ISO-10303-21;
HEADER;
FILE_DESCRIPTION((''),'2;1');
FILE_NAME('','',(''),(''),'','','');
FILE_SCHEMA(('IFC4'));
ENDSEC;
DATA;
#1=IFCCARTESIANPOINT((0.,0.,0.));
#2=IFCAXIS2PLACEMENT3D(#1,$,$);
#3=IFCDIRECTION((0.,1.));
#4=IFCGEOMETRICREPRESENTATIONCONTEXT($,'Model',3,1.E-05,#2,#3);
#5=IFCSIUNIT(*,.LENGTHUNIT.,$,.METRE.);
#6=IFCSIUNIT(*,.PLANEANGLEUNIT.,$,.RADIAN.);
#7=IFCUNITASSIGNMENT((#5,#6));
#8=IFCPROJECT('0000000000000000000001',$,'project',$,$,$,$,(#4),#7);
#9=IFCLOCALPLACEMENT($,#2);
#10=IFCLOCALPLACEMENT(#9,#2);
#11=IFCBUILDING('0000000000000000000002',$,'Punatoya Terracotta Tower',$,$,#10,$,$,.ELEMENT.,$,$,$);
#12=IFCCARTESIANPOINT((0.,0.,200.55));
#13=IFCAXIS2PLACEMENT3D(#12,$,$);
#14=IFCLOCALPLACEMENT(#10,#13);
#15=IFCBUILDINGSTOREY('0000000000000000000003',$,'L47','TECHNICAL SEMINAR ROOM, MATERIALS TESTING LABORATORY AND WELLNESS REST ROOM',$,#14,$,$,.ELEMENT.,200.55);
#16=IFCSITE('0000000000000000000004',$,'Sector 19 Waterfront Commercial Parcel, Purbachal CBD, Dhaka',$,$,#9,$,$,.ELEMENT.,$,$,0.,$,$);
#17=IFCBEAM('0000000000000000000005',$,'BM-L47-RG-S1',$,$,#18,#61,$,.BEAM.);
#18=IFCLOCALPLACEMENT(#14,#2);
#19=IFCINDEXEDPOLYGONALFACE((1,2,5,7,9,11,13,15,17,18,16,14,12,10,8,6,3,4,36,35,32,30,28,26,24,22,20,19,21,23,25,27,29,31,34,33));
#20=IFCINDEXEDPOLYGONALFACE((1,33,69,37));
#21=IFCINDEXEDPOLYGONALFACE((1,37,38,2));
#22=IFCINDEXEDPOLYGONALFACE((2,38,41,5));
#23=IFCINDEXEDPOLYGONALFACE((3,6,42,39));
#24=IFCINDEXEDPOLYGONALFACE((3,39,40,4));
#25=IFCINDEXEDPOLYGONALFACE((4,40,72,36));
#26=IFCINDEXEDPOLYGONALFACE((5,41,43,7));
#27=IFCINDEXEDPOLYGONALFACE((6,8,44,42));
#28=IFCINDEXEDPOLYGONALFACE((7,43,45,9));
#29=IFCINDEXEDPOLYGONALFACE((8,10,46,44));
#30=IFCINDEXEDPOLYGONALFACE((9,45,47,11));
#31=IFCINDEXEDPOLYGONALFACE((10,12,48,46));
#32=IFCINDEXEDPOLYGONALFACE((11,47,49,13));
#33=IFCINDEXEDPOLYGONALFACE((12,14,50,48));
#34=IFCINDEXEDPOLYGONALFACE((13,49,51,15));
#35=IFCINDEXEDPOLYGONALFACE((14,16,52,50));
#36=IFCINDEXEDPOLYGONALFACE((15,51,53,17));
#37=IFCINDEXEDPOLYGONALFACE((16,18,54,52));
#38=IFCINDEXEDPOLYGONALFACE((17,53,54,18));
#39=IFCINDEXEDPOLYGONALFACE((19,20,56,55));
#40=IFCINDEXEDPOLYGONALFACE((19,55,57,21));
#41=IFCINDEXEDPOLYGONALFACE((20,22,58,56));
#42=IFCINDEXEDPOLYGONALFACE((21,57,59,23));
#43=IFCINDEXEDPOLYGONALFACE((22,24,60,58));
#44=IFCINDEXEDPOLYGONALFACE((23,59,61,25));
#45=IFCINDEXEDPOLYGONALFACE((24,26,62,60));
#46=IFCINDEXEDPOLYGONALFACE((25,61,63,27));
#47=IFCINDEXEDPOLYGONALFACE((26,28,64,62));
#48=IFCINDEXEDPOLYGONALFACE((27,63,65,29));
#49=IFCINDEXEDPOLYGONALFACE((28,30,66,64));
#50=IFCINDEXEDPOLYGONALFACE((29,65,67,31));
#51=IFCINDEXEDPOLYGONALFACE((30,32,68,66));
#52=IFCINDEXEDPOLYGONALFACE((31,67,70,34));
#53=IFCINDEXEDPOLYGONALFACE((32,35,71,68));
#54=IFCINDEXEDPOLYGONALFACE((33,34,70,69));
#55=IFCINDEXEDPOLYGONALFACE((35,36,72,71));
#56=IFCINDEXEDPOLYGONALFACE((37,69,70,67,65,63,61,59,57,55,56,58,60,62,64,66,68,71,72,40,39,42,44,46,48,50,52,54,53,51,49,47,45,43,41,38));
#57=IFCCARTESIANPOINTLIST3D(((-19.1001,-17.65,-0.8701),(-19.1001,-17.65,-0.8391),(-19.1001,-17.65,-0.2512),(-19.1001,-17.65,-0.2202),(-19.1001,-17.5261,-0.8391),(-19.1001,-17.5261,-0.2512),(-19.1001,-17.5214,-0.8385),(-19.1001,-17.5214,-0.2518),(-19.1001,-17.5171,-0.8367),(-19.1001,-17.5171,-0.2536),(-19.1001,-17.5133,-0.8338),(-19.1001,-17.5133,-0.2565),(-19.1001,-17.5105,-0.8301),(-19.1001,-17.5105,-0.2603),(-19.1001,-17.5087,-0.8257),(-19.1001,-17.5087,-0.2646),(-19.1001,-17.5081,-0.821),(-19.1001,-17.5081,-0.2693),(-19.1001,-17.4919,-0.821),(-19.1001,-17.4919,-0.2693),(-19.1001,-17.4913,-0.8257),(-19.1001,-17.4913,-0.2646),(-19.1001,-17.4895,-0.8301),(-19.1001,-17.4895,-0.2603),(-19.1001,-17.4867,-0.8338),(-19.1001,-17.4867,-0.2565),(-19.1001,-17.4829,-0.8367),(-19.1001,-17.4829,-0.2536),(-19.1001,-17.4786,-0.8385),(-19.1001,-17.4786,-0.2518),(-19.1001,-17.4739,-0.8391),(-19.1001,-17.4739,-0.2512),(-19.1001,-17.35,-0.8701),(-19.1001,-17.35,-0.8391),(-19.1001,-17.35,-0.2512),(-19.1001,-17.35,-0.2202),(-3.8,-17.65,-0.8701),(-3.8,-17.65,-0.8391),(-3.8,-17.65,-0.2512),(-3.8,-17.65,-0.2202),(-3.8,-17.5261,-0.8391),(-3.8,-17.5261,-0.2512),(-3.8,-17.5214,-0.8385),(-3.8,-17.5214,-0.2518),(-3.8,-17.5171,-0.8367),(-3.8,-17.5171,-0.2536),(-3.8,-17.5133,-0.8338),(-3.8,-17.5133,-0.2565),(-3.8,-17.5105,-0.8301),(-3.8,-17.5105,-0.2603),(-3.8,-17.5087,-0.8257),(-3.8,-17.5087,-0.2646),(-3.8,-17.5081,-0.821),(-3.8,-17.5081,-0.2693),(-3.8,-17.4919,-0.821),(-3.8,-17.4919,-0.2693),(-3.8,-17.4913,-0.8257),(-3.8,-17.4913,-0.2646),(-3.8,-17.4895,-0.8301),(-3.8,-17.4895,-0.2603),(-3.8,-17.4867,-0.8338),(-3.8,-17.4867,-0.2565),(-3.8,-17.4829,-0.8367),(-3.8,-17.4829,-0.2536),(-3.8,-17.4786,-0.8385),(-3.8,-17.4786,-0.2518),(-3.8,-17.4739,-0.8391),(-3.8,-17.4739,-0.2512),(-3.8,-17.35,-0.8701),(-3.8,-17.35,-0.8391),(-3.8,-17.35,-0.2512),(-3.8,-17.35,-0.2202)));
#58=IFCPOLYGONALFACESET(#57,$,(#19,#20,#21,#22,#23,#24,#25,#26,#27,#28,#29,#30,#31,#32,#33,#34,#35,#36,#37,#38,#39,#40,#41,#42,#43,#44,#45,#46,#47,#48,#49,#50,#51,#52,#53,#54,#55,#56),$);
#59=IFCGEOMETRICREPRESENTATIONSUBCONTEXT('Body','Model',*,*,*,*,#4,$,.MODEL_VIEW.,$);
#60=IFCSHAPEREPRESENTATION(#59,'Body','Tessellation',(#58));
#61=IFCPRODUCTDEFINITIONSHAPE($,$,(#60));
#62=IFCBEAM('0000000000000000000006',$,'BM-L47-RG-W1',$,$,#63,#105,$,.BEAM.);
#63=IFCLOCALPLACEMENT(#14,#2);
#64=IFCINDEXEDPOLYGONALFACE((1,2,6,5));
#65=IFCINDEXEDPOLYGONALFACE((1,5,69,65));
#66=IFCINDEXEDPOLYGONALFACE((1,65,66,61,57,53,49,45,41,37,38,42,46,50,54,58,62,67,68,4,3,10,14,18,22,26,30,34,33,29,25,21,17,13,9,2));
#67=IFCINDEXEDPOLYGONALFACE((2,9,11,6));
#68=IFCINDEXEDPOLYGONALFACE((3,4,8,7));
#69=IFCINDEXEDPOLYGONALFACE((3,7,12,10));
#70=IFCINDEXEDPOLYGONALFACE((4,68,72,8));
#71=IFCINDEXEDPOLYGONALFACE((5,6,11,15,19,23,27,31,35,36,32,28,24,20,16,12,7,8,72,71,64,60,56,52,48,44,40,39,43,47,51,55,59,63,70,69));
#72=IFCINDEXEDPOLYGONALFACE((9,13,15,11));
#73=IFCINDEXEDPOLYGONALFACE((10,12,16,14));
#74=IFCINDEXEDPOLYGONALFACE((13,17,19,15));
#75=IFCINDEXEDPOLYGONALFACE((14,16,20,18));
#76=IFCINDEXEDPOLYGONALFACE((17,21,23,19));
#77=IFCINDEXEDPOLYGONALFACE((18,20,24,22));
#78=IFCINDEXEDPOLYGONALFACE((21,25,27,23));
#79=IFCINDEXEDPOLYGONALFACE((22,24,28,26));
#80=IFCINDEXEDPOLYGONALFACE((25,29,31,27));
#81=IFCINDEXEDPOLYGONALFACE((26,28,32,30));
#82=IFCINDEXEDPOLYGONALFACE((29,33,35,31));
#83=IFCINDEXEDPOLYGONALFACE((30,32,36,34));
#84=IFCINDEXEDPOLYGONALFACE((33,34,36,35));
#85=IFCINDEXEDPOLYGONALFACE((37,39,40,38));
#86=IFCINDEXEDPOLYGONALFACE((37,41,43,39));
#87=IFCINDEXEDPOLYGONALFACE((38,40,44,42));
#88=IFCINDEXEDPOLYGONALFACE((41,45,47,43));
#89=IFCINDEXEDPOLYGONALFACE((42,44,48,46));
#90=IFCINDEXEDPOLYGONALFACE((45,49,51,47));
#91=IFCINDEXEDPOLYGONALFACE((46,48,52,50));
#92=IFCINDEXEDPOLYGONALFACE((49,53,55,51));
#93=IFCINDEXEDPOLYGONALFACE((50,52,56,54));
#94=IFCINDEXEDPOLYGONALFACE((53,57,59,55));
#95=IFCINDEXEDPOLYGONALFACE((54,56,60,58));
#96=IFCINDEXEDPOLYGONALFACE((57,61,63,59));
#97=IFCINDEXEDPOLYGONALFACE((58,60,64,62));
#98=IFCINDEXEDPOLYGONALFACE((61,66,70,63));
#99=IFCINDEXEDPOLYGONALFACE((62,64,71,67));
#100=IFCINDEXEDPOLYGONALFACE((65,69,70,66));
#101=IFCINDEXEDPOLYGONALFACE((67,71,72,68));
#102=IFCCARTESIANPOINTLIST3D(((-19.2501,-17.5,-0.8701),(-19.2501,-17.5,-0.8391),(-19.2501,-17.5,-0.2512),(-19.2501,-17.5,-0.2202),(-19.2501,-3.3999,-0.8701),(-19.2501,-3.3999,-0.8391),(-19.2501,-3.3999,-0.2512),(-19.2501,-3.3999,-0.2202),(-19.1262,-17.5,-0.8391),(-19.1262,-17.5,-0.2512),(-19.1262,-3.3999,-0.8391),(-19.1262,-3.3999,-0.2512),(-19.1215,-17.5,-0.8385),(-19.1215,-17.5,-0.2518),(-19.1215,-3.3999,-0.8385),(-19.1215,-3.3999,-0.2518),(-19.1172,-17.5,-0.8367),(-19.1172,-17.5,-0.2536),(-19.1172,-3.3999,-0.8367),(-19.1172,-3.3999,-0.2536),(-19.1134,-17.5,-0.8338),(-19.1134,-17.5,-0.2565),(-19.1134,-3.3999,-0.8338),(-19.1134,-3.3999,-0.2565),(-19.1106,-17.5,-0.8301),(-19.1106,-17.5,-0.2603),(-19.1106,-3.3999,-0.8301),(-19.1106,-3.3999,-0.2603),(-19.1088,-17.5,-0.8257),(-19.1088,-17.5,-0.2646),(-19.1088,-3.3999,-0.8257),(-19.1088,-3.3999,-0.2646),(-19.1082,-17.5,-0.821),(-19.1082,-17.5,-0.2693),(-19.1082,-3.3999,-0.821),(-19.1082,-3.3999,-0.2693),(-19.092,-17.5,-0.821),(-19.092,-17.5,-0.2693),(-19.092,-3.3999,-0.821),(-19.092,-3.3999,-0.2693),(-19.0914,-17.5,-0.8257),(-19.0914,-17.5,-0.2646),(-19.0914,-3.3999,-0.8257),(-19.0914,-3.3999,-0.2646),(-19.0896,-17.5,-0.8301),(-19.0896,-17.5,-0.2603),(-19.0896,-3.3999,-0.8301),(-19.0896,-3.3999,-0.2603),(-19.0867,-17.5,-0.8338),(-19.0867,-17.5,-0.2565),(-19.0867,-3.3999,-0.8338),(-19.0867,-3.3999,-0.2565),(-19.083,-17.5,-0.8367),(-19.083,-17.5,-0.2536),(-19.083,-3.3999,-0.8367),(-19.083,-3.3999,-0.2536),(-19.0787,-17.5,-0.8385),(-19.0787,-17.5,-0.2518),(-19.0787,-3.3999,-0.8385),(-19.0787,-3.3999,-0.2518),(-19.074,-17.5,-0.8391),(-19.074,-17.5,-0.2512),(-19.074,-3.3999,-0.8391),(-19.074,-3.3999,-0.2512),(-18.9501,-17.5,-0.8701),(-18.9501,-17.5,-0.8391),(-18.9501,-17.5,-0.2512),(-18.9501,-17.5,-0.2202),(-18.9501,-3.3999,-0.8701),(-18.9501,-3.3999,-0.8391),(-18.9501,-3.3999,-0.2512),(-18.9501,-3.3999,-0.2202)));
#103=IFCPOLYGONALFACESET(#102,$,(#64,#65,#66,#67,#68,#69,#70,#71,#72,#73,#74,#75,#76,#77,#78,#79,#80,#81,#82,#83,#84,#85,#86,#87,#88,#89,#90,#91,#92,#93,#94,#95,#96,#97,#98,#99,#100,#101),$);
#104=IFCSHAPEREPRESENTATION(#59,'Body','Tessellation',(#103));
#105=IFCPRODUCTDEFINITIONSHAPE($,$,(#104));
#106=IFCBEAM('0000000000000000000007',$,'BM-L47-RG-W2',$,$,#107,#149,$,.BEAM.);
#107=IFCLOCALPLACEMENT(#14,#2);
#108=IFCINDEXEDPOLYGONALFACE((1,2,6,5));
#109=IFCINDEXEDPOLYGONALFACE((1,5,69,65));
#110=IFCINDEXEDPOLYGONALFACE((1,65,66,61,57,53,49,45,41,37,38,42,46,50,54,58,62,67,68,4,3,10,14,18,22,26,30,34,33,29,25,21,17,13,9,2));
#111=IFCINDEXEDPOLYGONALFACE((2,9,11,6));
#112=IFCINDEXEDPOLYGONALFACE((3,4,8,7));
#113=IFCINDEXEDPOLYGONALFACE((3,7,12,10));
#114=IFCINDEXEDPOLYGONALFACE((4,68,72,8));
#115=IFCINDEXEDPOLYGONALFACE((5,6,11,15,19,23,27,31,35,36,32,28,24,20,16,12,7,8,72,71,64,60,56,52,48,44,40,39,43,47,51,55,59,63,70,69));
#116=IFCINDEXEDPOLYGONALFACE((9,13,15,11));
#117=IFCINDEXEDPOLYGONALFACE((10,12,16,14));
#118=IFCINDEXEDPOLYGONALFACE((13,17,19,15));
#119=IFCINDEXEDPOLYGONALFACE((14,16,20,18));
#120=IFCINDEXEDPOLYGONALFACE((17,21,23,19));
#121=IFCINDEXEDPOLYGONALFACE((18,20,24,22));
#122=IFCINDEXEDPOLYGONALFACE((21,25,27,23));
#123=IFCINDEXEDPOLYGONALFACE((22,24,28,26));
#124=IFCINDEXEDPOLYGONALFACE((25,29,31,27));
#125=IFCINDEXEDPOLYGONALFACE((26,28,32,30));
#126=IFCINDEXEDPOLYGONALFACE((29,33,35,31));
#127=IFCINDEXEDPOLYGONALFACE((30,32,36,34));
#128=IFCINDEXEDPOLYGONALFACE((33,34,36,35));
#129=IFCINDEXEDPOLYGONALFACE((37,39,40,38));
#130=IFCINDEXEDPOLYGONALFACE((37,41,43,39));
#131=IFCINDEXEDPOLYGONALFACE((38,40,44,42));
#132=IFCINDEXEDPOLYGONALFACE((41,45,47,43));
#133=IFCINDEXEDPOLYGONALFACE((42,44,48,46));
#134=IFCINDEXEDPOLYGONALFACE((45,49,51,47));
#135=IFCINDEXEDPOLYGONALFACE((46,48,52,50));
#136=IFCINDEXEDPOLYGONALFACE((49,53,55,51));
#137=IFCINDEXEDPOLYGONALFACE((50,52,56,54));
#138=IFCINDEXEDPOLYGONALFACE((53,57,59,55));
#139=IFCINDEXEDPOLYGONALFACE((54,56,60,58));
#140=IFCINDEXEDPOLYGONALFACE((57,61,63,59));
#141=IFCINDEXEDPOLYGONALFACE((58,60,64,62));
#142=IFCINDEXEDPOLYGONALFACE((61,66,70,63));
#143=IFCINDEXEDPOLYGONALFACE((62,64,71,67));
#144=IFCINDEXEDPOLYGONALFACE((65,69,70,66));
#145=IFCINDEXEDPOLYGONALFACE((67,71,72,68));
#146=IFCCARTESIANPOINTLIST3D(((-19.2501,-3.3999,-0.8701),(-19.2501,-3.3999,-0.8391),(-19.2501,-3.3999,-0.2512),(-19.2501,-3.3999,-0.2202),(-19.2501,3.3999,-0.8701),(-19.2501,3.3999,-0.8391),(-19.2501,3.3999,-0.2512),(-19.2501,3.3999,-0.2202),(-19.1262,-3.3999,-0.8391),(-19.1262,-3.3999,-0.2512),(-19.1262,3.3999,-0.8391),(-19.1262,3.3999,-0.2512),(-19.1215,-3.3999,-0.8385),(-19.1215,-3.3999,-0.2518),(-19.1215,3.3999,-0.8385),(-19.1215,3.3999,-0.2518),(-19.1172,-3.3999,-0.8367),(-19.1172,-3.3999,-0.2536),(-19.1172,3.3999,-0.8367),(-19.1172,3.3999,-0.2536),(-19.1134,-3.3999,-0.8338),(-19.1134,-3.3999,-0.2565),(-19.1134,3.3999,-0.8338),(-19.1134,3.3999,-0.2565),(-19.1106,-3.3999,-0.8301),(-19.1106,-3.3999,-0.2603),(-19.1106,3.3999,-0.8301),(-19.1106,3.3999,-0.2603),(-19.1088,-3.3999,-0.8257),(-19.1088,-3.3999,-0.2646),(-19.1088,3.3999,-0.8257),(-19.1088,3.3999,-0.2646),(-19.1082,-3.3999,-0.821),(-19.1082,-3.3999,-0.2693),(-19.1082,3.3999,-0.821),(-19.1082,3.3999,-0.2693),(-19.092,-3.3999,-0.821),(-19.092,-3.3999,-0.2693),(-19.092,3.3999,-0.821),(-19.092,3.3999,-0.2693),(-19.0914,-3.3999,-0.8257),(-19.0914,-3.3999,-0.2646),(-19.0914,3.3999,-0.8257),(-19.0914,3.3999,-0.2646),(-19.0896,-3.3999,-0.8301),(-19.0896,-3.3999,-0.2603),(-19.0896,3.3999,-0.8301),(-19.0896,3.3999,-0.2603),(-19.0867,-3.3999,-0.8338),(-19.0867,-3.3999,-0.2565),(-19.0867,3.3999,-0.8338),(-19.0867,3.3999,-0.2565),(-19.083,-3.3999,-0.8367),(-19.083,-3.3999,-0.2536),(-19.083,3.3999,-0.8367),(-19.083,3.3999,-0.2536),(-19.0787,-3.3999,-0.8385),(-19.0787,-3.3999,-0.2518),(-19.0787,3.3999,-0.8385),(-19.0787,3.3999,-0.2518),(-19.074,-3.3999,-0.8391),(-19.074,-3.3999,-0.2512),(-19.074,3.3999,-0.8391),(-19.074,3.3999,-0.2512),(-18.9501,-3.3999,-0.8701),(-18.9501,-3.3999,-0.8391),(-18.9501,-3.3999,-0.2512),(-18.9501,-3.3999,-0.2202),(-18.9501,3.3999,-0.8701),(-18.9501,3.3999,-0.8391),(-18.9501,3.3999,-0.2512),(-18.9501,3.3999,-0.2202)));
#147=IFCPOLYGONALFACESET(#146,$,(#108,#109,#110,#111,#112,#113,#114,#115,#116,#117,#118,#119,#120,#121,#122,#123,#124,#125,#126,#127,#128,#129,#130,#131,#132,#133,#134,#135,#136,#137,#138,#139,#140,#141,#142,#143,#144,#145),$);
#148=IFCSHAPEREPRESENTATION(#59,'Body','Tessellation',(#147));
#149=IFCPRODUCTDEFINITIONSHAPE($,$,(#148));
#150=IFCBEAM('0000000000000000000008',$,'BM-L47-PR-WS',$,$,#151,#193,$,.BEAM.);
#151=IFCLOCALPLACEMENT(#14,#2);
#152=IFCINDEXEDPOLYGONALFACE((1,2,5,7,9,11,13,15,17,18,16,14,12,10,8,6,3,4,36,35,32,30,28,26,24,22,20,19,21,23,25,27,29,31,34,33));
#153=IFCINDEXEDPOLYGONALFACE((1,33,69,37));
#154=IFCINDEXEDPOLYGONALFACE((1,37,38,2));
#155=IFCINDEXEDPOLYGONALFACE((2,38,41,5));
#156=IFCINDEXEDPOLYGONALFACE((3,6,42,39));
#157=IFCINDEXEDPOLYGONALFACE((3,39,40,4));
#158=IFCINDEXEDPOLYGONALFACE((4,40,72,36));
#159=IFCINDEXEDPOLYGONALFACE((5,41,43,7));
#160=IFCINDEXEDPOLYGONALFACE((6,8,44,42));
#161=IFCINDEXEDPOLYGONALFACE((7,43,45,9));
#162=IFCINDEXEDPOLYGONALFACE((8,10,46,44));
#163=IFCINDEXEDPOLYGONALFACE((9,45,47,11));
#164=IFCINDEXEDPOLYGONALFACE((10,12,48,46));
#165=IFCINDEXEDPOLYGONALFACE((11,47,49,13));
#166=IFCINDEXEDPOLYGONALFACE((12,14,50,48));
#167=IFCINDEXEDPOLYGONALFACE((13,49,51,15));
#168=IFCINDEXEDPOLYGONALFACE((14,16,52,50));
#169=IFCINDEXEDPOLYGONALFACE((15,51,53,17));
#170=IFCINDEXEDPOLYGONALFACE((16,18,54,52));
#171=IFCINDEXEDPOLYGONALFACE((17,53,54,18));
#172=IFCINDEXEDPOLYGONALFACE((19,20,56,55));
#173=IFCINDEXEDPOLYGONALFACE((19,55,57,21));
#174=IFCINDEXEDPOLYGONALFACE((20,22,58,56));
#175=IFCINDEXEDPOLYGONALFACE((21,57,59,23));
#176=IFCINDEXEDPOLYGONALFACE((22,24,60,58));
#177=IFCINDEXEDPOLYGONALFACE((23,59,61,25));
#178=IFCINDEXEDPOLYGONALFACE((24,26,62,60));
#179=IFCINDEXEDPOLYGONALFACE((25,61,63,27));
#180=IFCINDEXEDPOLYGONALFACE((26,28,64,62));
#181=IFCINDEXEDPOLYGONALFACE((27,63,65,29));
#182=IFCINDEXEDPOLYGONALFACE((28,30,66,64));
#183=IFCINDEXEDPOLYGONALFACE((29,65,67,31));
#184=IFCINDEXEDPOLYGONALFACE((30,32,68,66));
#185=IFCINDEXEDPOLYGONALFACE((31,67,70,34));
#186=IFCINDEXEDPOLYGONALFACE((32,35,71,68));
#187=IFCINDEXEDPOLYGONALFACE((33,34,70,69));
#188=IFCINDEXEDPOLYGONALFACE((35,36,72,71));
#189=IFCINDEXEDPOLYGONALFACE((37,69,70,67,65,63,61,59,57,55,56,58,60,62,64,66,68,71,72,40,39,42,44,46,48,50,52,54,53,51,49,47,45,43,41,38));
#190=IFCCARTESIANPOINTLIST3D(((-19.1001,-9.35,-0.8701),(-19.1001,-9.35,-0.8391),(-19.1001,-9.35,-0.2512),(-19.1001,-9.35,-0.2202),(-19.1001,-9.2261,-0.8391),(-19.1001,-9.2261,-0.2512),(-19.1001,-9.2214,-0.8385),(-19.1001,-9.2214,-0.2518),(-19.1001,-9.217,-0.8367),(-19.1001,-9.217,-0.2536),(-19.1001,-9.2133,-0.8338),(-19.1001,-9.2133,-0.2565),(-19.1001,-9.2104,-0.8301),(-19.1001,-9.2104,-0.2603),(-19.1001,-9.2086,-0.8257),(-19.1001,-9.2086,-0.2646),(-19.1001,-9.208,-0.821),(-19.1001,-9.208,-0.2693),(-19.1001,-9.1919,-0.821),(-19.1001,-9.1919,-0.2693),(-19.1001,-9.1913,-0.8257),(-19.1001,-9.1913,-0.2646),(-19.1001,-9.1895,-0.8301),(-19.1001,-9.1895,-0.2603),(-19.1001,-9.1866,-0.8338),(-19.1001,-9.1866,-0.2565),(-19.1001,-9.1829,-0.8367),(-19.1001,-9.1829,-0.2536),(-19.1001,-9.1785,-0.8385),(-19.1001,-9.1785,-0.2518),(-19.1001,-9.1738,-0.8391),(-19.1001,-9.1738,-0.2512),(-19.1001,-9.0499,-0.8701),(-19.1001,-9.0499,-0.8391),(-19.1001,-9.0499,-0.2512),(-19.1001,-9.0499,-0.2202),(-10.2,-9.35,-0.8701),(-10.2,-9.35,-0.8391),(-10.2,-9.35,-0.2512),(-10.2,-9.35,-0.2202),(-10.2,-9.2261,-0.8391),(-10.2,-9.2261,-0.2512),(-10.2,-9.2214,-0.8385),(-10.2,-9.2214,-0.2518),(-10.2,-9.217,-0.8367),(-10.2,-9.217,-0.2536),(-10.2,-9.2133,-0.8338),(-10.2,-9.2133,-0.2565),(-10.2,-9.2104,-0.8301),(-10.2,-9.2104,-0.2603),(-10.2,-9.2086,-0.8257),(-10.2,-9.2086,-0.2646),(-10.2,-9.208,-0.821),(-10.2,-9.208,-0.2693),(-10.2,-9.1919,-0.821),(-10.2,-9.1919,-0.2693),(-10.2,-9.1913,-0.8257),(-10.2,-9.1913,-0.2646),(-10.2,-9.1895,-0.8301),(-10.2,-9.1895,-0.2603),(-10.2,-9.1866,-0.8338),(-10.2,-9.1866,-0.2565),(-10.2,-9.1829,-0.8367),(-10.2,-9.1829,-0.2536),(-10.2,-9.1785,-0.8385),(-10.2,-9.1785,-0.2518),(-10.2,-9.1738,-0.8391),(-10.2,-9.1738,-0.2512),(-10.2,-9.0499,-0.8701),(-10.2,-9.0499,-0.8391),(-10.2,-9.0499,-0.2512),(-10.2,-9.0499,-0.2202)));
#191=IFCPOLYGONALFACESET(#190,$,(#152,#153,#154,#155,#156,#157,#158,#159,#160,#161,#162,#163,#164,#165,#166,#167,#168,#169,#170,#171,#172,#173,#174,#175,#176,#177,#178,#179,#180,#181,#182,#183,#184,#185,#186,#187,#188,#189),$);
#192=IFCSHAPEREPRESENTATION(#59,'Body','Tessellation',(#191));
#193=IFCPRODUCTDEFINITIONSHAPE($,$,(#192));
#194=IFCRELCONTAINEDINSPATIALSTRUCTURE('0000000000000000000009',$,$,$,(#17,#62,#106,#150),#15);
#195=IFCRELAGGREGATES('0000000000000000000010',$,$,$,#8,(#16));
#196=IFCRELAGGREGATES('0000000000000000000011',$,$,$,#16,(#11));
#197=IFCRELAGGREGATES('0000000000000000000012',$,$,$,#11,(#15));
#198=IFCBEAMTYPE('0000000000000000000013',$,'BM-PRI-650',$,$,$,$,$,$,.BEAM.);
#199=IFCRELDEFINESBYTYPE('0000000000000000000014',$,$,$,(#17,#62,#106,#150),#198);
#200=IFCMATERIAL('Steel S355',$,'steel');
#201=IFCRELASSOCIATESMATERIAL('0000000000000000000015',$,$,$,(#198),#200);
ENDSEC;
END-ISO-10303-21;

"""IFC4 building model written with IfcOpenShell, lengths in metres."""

from ifc_helpers import new_model, si_unit, direction, frame, origin, origin_2d, place, context, subcontext, project, spatial, i_section, extrude, material, material_profile, profile_set, type_object, element, save


model = new_model("IFC4")

# Units and contexts
model_context = context("Model", 3, precision=1e-05, world=origin(), true_north=direction((0.0, 1.0)))
body_context = subcontext(model_context, "Body", "Model", "MODEL_VIEW")
ifc_project = project(units=[si_unit("LENGTHUNIT", "METRE"), si_unit("PLANEANGLEUNIT", "RADIAN")], contexts=[model_context])

# Site, building, storey
site_placement = place(None, origin())
site = spatial("IfcSite", under=ifc_project, at=site_placement, Name="Sector 19 Waterfront Commercial Parcel, Purbachal CBD, Dhaka", CompositionType="ELEMENT", RefElevation=0.0)
building_placement = place(site_placement, origin())
building = spatial("IfcBuilding", under=site, at=building_placement, Name="Punatoya Terracotta Tower", CompositionType="ELEMENT")
storey_placement = place(building_placement, frame((0.0, 0.0, 200.55)))
storey = spatial("IfcBuildingStorey", under=building, at=storey_placement, Name="L47", Description="TECHNICAL SEMINAR ROOM, MATERIALS TESTING LABORATORY AND WELLNESS REST ROOM", CompositionType="ELEMENT", Elevation=200.55)

# Beams
ifc_material_1 = material(Name="Steel S355", Category="steel")
ifc_material_profile_1 = material_profile(ifc_material_1, i_section(OverallWidth=0.3, OverallDepth=0.6499, WebThickness=0.0161, FlangeThickness=0.031, FilletRadius=0.0181, at=origin_2d()))
ifc_profile_set_1 = profile_set([ifc_material_profile_1], Name="Steel S355")
beam_type_1 = type_object("IfcBeamType", Name="BM-PRI-650", PredefinedType="BEAM", material=ifc_profile_set_1)
beam_1_placement = place(storey_placement, frame((-19.1001, -17.5, -0.5452), z_axis=(1.0, 0.0, 0.0), x_axis=(0.0, 1.0, 0.0)))
element("IfcBeam", 1, at=beam_1_placement, inside=storey, type_object=beam_type_1, Name="BM-L47-RG-S1", PredefinedType="BEAM", context=body_context, shape_type="SweptSolid", body=[
    extrude(i_section(OverallWidth=0.3, OverallDepth=0.6499, WebThickness=0.0161, FlangeThickness=0.031, FilletRadius=0.0181, at=origin_2d()), origin(), (0.0, 0.0, 1.0), 15.3),
])
beam_2_placement = place(storey_placement, frame((-19.1001, -17.5, -0.5452), z_axis=(0.0, 1.0, 0.0), x_axis=(-1.0, 0.0, 0.0)))
element("IfcBeam", 2, at=beam_2_placement, inside=storey, type_object=beam_type_1, Name="BM-L47-RG-W1", PredefinedType="BEAM", context=body_context, shape_type="SweptSolid", body=[
    extrude(i_section(OverallWidth=0.3, OverallDepth=0.6499, WebThickness=0.0161, FlangeThickness=0.031, FilletRadius=0.0181, at=origin_2d()), origin(), (0.0, 0.0, 1.0), 14.1001),
])
beam_3_placement = place(storey_placement, frame((-19.1001, -3.3999, -0.5452), z_axis=(0.0, 1.0, 0.0), x_axis=(-1.0, 0.0, 0.0)))
element("IfcBeam", 3, at=beam_3_placement, inside=storey, type_object=beam_type_1, Name="BM-L47-RG-W2", PredefinedType="BEAM", context=body_context, shape_type="SweptSolid", body=[
    extrude(i_section(OverallWidth=0.3, OverallDepth=0.6499, WebThickness=0.0161, FlangeThickness=0.031, FilletRadius=0.0181, at=origin_2d()), origin(), (0.0, 0.0, 1.0), 6.7998),
])
beam_4_placement = place(storey_placement, frame((-19.1001, -9.2, -0.5452), z_axis=(1.0, 0.0, 0.0), x_axis=(0.0, 1.0, 0.0)))
element("IfcBeam", 4, at=beam_4_placement, inside=storey, type_object=beam_type_1, Name="BM-L47-PR-WS", PredefinedType="BEAM", context=body_context, shape_type="SweptSolid", body=[
    extrude(i_section(OverallWidth=0.3, OverallDepth=0.6499, WebThickness=0.0161, FlangeThickness=0.031, FilletRadius=0.0181, at=origin_2d()), origin(), (0.0, 0.0, 1.0), 8.9001),
])

save(model, "model.ifc")
